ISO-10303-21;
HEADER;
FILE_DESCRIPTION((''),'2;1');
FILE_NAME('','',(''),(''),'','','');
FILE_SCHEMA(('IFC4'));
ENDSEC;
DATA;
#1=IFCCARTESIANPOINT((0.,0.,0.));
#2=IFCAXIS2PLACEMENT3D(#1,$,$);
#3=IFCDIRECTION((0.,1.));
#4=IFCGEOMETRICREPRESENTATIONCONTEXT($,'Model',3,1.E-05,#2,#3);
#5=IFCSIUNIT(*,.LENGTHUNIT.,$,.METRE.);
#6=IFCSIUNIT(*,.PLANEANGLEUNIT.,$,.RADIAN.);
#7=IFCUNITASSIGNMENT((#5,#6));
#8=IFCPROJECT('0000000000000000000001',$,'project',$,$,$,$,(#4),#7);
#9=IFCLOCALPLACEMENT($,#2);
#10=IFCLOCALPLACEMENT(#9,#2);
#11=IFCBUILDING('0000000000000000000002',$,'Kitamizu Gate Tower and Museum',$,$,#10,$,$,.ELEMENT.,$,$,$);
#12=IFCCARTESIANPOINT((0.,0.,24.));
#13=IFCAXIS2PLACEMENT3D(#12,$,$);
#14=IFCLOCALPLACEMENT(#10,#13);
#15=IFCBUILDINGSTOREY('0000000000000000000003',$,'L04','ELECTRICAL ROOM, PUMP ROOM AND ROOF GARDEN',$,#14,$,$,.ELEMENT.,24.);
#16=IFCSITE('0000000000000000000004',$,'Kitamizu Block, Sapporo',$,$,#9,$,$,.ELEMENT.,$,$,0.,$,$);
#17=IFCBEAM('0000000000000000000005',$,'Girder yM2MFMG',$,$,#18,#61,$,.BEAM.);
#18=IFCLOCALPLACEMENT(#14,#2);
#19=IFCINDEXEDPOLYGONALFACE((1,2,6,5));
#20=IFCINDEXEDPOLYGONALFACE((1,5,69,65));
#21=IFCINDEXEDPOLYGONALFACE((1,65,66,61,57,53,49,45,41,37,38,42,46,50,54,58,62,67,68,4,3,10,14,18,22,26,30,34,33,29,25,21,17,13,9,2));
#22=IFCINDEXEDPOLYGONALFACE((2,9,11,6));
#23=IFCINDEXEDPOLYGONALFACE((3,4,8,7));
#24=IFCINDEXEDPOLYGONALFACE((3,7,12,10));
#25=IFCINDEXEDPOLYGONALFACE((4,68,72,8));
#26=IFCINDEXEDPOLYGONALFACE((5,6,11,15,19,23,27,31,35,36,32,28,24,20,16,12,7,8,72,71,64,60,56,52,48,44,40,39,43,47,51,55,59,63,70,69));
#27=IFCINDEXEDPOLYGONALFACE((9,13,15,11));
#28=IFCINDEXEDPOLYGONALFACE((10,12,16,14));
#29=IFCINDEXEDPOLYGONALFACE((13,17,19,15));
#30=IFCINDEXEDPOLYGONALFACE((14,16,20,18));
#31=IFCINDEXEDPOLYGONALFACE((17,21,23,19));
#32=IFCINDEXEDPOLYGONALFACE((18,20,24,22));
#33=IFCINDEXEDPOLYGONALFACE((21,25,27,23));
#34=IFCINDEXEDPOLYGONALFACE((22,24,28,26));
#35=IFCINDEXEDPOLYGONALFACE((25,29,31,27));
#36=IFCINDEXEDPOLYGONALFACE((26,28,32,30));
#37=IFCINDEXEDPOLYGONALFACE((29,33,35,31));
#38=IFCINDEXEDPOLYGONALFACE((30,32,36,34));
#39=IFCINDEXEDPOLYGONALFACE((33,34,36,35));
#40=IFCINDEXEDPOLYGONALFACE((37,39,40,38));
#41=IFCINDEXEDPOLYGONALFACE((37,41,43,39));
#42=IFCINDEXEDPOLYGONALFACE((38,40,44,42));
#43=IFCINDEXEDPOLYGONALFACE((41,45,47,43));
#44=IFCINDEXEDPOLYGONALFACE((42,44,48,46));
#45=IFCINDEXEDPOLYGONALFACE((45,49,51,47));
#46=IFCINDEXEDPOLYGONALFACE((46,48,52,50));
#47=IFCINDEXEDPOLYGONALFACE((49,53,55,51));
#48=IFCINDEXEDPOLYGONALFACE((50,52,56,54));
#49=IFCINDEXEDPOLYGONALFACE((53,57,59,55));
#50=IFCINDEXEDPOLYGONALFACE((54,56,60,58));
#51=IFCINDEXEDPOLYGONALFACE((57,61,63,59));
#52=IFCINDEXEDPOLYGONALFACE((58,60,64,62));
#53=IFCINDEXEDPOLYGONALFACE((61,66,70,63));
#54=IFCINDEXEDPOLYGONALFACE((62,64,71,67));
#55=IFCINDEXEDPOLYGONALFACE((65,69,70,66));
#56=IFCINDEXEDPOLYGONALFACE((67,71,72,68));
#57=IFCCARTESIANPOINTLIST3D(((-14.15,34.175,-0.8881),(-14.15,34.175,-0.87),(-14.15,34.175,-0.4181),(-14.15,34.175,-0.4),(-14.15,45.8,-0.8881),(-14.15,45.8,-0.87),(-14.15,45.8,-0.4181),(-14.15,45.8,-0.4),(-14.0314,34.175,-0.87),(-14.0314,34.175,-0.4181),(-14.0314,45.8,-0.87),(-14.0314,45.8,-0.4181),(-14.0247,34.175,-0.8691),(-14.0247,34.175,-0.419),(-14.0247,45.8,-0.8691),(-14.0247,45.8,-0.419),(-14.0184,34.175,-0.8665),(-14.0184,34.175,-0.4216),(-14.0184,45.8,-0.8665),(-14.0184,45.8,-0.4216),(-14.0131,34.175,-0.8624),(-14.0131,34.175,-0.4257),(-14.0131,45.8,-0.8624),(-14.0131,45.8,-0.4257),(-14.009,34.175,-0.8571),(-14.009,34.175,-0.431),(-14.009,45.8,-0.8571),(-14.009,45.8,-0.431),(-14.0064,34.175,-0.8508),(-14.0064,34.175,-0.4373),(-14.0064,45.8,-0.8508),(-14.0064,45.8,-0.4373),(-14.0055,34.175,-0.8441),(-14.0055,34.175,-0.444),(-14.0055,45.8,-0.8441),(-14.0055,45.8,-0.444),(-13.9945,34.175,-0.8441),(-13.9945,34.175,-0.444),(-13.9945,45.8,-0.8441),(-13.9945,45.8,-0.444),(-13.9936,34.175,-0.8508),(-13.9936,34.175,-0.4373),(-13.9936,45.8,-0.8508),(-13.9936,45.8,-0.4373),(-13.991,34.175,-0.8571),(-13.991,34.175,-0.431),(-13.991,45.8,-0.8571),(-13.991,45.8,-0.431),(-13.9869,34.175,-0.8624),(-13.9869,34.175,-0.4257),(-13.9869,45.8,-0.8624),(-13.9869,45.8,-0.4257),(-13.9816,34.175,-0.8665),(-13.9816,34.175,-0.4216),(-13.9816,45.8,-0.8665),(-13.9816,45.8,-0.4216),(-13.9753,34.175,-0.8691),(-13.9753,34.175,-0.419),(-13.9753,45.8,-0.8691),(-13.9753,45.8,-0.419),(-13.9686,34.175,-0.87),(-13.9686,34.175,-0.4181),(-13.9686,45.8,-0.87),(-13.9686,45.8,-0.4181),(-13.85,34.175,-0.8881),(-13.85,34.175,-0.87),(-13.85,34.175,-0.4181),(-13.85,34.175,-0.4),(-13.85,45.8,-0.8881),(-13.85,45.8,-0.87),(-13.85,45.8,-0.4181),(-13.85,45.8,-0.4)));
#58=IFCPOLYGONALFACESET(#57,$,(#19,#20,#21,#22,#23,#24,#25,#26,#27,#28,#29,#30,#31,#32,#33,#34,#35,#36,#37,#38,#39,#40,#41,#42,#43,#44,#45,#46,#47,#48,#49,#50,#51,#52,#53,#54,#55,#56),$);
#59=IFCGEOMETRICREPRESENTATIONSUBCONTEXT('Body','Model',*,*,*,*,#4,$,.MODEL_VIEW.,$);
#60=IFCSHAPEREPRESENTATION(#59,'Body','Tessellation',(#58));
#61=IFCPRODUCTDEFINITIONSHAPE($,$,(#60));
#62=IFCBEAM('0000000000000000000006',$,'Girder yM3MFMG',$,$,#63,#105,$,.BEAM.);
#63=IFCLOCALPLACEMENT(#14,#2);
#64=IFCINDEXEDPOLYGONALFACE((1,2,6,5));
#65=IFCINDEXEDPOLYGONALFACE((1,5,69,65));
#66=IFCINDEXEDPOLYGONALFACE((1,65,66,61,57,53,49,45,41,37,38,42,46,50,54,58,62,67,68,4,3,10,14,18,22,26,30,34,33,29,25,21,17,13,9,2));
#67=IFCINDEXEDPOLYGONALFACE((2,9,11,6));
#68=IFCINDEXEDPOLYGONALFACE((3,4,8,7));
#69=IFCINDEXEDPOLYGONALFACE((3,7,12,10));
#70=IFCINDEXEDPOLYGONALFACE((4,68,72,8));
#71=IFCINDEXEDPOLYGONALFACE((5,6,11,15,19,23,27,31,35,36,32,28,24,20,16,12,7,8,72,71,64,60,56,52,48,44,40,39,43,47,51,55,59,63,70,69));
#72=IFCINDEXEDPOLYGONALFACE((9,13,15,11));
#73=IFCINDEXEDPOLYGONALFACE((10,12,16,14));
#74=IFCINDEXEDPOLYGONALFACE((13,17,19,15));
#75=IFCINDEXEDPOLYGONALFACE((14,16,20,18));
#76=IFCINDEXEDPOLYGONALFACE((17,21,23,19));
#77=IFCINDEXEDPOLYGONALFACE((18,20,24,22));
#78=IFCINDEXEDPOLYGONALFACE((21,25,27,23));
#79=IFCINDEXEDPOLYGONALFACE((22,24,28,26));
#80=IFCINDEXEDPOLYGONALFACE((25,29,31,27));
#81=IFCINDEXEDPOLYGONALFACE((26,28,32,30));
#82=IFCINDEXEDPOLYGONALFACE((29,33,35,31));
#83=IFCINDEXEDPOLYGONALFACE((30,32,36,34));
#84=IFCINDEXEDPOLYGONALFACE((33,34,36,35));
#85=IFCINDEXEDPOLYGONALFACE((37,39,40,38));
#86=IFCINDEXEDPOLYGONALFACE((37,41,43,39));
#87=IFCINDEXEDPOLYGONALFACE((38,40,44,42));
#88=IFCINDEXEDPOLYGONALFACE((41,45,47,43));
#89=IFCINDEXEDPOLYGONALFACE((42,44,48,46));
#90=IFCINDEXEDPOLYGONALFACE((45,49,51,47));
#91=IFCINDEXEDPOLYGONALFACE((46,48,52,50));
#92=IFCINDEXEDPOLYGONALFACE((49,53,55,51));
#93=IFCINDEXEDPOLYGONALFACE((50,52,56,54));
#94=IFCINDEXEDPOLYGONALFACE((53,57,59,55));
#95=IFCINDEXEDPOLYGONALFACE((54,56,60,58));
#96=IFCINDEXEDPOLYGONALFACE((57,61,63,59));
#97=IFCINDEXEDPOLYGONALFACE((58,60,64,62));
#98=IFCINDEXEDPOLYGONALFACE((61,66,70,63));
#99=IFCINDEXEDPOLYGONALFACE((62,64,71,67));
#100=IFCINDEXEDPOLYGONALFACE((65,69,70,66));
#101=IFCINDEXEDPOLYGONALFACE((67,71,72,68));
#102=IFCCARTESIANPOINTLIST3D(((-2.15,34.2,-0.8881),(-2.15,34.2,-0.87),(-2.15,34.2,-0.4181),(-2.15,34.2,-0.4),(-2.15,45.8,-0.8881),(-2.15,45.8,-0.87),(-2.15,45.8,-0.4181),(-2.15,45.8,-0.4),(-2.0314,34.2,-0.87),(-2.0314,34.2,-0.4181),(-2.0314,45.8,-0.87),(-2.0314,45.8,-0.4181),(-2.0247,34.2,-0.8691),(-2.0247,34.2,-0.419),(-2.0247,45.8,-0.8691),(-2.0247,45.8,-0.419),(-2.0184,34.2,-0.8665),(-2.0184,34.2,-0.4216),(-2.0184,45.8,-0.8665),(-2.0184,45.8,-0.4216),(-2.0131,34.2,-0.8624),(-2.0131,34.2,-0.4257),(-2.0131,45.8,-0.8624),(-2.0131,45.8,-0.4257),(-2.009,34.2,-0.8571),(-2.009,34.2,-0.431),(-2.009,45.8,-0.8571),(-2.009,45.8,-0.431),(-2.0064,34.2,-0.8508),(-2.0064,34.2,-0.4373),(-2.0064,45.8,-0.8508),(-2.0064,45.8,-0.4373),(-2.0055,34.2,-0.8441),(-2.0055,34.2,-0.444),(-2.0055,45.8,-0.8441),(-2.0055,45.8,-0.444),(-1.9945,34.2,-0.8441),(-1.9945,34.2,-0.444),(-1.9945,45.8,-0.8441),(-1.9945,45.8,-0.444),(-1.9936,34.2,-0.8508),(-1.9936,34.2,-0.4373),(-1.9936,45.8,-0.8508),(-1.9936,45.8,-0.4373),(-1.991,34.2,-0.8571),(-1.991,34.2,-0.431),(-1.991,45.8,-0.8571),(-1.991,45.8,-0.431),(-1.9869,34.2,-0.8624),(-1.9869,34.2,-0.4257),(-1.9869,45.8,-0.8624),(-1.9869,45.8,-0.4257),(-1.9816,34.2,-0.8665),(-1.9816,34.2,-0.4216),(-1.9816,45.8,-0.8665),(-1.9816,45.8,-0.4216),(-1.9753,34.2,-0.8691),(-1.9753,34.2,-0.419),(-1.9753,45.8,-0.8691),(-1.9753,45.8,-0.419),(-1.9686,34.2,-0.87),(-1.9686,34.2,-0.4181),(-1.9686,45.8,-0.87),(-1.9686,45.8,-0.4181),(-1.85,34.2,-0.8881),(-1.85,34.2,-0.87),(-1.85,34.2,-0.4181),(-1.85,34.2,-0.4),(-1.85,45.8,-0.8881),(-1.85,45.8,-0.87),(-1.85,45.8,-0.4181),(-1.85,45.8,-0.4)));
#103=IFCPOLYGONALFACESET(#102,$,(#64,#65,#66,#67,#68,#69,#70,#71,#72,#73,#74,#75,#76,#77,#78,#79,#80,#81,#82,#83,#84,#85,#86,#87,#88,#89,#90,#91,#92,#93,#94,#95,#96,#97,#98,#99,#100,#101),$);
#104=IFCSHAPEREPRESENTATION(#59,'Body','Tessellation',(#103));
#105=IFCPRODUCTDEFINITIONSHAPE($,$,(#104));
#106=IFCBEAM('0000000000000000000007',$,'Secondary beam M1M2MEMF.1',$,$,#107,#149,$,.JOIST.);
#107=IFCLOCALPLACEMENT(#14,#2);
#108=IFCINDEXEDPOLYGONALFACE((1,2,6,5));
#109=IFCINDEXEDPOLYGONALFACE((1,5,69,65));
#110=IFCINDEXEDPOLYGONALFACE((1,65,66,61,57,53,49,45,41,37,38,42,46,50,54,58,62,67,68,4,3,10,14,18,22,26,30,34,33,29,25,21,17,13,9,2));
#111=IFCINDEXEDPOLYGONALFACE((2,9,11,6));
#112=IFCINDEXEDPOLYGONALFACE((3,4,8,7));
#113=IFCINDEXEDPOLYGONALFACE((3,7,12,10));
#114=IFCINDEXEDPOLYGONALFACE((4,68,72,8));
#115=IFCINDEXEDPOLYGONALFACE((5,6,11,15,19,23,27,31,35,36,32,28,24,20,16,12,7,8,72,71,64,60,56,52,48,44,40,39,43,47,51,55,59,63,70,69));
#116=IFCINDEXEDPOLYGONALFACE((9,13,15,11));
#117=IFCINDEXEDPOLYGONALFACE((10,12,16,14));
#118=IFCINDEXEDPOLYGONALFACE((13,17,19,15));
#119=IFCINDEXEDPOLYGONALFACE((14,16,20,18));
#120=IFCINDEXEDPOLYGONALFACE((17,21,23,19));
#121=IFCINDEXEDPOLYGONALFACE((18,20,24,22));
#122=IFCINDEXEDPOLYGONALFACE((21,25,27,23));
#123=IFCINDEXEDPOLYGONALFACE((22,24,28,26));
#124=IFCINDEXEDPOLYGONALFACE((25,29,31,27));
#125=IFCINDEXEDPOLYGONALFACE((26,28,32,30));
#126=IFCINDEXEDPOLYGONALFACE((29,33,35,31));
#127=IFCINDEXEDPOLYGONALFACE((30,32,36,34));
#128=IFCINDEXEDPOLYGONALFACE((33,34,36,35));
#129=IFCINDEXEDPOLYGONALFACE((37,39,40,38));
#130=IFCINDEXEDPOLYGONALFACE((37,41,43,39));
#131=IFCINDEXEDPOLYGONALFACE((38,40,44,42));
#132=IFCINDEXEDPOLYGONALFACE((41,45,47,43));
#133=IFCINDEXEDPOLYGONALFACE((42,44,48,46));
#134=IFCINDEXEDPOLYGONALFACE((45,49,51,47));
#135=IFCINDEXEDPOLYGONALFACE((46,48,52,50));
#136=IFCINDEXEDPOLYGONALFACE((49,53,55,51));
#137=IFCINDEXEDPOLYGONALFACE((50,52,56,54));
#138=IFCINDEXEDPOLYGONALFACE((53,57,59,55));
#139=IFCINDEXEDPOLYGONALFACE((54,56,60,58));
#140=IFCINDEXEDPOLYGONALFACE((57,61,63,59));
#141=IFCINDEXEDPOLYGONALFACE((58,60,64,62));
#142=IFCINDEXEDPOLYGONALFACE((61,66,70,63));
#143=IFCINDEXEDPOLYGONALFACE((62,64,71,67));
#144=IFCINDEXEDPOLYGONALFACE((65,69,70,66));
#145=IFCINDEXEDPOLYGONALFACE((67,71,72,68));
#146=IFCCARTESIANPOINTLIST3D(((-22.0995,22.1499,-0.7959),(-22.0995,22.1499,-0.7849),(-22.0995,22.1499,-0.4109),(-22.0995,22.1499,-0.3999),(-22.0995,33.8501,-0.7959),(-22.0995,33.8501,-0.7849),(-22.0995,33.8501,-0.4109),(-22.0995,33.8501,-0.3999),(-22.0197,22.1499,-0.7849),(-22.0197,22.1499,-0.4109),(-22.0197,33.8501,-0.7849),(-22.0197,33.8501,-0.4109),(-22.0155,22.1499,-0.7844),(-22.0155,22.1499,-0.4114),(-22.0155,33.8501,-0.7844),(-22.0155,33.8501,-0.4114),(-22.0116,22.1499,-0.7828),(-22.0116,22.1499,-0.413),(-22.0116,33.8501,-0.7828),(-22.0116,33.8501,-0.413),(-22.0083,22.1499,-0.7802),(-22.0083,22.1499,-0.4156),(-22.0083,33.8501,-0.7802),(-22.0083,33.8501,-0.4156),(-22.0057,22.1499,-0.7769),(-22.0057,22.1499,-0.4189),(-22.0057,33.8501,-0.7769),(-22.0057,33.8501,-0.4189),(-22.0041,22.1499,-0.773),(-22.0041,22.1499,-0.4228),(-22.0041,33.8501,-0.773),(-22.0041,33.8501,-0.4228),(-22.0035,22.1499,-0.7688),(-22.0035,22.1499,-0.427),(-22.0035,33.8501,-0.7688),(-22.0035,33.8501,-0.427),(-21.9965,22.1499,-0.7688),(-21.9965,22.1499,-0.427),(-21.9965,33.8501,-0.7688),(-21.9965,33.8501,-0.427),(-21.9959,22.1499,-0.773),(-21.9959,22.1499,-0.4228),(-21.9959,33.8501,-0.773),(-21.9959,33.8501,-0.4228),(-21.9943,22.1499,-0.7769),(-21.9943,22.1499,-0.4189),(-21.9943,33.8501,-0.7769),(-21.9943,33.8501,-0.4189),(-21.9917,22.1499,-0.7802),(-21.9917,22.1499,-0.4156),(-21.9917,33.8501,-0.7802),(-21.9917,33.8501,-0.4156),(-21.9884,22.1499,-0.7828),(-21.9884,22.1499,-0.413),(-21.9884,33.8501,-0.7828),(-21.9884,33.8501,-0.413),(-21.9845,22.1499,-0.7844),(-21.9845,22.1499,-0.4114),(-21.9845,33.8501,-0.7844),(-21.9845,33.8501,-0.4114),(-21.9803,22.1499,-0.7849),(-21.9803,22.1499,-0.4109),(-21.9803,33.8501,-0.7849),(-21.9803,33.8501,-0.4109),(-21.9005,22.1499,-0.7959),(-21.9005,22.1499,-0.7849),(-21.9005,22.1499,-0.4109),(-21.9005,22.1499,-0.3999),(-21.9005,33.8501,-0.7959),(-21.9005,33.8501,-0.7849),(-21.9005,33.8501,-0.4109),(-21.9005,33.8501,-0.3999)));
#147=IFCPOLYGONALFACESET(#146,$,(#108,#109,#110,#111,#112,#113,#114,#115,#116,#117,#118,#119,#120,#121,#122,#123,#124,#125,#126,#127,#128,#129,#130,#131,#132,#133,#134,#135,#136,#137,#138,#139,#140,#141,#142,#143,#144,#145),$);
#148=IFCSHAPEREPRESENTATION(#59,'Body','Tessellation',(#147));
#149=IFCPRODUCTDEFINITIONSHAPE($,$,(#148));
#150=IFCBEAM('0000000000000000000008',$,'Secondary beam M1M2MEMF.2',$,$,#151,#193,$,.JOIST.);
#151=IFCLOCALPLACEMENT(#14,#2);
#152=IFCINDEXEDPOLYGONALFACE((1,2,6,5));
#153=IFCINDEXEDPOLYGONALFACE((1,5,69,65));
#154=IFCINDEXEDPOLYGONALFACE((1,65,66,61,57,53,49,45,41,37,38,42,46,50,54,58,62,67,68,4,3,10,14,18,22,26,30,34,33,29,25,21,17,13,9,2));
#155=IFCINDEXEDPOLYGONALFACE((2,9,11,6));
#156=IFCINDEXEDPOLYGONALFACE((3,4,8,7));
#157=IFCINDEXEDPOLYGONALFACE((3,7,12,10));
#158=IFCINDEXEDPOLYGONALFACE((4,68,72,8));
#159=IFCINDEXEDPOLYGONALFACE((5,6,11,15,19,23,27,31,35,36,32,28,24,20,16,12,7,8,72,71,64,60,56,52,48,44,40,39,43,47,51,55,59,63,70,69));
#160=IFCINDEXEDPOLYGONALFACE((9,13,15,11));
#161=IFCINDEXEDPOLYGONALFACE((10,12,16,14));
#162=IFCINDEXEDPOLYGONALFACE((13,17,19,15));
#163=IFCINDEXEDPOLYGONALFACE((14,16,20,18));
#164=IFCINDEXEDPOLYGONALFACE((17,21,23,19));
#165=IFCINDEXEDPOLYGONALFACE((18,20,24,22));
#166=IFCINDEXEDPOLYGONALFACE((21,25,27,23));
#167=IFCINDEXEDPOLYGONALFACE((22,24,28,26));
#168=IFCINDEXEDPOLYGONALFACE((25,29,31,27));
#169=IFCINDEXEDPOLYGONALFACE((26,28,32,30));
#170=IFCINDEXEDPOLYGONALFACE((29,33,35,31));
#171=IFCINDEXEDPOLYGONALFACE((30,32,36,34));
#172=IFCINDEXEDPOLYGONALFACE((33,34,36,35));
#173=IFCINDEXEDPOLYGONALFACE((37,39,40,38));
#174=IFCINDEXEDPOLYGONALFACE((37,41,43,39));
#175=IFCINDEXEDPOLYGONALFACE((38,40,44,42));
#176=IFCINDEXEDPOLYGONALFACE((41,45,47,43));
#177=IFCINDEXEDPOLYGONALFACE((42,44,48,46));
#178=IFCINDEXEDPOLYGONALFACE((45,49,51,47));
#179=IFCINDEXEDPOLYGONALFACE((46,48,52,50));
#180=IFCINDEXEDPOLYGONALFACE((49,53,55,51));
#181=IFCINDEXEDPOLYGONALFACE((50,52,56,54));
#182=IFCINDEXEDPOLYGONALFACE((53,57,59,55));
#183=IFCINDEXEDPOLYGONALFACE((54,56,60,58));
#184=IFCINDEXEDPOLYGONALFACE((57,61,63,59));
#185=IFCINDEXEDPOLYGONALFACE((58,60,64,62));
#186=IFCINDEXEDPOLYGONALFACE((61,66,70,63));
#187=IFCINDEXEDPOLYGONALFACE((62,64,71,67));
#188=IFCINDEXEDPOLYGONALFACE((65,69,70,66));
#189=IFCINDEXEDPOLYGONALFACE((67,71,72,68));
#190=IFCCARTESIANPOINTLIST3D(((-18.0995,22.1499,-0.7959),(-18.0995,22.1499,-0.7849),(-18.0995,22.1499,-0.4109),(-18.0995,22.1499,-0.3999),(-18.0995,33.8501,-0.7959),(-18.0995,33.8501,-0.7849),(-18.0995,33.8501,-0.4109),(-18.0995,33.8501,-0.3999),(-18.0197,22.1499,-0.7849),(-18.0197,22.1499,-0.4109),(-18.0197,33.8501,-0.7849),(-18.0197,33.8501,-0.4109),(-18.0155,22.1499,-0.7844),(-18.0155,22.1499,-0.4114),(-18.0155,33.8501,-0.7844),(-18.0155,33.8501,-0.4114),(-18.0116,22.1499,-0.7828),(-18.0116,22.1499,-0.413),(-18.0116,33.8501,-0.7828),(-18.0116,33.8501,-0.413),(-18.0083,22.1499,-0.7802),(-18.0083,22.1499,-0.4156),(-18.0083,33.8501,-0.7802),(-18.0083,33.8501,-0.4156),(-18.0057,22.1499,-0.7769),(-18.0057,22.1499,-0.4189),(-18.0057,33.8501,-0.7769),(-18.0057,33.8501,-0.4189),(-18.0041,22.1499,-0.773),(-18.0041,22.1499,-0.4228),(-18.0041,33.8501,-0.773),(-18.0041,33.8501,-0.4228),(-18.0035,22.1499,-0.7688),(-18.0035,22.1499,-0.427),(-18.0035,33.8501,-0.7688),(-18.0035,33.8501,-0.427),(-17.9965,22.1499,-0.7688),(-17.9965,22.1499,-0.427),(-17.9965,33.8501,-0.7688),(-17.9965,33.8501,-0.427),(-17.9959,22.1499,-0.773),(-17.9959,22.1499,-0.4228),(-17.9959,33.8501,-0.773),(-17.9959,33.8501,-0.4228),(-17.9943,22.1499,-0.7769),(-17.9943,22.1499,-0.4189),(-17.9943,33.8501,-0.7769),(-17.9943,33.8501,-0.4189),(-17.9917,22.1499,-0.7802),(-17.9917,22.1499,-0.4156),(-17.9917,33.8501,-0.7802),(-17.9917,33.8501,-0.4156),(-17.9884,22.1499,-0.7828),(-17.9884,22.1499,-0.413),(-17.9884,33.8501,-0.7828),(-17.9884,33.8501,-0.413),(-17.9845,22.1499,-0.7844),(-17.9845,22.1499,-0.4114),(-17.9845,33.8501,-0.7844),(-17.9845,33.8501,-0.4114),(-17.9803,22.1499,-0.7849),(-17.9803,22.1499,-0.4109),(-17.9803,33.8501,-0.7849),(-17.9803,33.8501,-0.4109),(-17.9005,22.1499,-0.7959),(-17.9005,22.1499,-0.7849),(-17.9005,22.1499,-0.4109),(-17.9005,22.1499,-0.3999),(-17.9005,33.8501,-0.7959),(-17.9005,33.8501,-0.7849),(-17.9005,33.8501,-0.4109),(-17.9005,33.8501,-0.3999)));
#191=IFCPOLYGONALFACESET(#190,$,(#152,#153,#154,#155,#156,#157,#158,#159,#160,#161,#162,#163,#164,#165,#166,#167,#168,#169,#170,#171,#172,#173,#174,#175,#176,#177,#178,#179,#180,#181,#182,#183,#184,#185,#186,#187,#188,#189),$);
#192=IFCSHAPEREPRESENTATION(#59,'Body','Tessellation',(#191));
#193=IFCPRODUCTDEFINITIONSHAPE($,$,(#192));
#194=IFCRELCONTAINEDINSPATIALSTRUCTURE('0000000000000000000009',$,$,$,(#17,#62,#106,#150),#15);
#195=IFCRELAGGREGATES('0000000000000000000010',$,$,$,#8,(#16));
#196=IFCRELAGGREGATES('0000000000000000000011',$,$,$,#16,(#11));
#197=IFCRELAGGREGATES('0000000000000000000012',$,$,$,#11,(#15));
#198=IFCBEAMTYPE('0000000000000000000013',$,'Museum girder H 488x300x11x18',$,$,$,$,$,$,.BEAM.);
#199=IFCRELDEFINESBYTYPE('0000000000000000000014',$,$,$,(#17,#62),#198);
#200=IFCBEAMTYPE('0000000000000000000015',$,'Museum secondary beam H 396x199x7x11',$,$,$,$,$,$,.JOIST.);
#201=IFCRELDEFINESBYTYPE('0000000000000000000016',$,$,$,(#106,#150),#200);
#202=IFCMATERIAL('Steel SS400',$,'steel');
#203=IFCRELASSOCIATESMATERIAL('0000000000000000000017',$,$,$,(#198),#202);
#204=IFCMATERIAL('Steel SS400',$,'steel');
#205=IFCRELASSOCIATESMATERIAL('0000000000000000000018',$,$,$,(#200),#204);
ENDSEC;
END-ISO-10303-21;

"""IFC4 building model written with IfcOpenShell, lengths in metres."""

from ifc_helpers import new_model, si_unit, direction, frame, origin, origin_2d, place, context, subcontext, project, spatial, i_section, extrude, material, material_profile, profile_set, type_object, element, save


model = new_model("IFC4")

# Units and contexts
model_context = context("Model", 3, precision=1e-05, world=origin(), true_north=direction((0.0, 1.0)))
body_context = subcontext(model_context, "Body", "Model", "MODEL_VIEW")
ifc_project = project(units=[si_unit("LENGTHUNIT", "METRE"), si_unit("PLANEANGLEUNIT", "RADIAN")], contexts=[model_context])

# Site, building, storey
site_placement = place(None, origin())
site = spatial("IfcSite", under=ifc_project, at=site_placement, Name="Kitamizu Block, Sapporo", CompositionType="ELEMENT", RefElevation=0.0)
building_placement = place(site_placement, origin())
building = spatial("IfcBuilding", under=site, at=building_placement, Name="Kitamizu Gate Tower and Museum", CompositionType="ELEMENT")
storey_placement = place(building_placement, frame((0.0, 0.0, 24.0)))
storey = spatial("IfcBuildingStorey", under=building, at=storey_placement, Name="L04", Description="ELECTRICAL ROOM, PUMP ROOM AND ROOF GARDEN", CompositionType="ELEMENT", Elevation=24.0)

# Beams
ifc_material_1 = material(Name="Steel SS400", Category="steel")
ifc_material_profile_1 = material_profile(ifc_material_1, i_section(OverallWidth=0.3, OverallDepth=0.488, WebThickness=0.011, FlangeThickness=0.0181, FilletRadius=0.0259, at=origin_2d()), Name="H-488x300x11x18")
ifc_profile_set_1 = profile_set([ifc_material_profile_1], Name="Steel SS400")
beam_type_1 = type_object("IfcBeamType", Name="Museum girder H 488x300x11x18", PredefinedType="BEAM", material=ifc_profile_set_1)
beam_1_placement = place(storey_placement, frame((-14.0, 34.175, -0.644), z_axis=(0.0, 1.0, 0.0), x_axis=(-1.0, 0.0, 0.0)))
element("IfcBeam", 1, at=beam_1_placement, inside=storey, type_object=beam_type_1, Name="Girder yM2MFMG", PredefinedType="BEAM", context=body_context, shape_type="SweptSolid", body=[
    extrude(i_section(OverallWidth=0.3, OverallDepth=0.488, WebThickness=0.011, FlangeThickness=0.0181, FilletRadius=0.0259, at=origin_2d()), origin(), (0.0, 0.0, 1.0), 11.625),
])
beam_2_placement = place(storey_placement, frame((-2.0, 34.2, -0.644), z_axis=(0.0, 1.0, 0.0), x_axis=(-1.0, 0.0, 0.0)))
element("IfcBeam", 2, at=beam_2_placement, inside=storey, type_object=beam_type_1, Name="Girder yM3MFMG", PredefinedType="BEAM", context=body_context, shape_type="SweptSolid", body=[
    extrude(i_section(OverallWidth=0.3, OverallDepth=0.488, WebThickness=0.011, FlangeThickness=0.0181, FilletRadius=0.0259, at=origin_2d()), origin(), (0.0, 0.0, 1.0), 11.6001),
])
ifc_material_2 = material(Name="Steel SS400", Category="steel")
ifc_material_profile_2 = material_profile(ifc_material_2, i_section(OverallWidth=0.199, OverallDepth=0.396, WebThickness=0.0071, FlangeThickness=0.011, FilletRadius=0.0161, at=origin_2d()), Name="H-396x199x7x11")
ifc_profile_set_2 = profile_set([ifc_material_profile_2], Name="Steel SS400")
beam_type_2 = type_object("IfcBeamType", Name="Museum secondary beam H 396x199x7x11", PredefinedType="JOIST", material=ifc_profile_set_2)
for number, where, z_axis, x_axis, name in (
    (3, (-22.0, 22.1499, -0.5979), (0.0, 1.0, 0.0), (-1.0, 0.0, 0.0), "Secondary beam M1M2MEMF.1"),
    (4, (-18.0, 22.1499, -0.5979), (0.0, 1.0, 0.0), (-1.0, 0.0, 0.0), "Secondary beam M1M2MEMF.2"),
):
    element("IfcBeam", number, at=place(storey_placement, frame(where, z_axis=z_axis, x_axis=x_axis)), inside=storey, type_object=beam_type_2, Name=name, PredefinedType="JOIST", context=body_context, shape_type="SweptSolid", body=[
        extrude(i_section(OverallWidth=0.199, OverallDepth=0.396, WebThickness=0.0071, FlangeThickness=0.011, FilletRadius=0.0161, at=origin_2d()), origin(), (0.0, 0.0, 1.0), 11.7002),
    ])

save(model, "model.ifc")
